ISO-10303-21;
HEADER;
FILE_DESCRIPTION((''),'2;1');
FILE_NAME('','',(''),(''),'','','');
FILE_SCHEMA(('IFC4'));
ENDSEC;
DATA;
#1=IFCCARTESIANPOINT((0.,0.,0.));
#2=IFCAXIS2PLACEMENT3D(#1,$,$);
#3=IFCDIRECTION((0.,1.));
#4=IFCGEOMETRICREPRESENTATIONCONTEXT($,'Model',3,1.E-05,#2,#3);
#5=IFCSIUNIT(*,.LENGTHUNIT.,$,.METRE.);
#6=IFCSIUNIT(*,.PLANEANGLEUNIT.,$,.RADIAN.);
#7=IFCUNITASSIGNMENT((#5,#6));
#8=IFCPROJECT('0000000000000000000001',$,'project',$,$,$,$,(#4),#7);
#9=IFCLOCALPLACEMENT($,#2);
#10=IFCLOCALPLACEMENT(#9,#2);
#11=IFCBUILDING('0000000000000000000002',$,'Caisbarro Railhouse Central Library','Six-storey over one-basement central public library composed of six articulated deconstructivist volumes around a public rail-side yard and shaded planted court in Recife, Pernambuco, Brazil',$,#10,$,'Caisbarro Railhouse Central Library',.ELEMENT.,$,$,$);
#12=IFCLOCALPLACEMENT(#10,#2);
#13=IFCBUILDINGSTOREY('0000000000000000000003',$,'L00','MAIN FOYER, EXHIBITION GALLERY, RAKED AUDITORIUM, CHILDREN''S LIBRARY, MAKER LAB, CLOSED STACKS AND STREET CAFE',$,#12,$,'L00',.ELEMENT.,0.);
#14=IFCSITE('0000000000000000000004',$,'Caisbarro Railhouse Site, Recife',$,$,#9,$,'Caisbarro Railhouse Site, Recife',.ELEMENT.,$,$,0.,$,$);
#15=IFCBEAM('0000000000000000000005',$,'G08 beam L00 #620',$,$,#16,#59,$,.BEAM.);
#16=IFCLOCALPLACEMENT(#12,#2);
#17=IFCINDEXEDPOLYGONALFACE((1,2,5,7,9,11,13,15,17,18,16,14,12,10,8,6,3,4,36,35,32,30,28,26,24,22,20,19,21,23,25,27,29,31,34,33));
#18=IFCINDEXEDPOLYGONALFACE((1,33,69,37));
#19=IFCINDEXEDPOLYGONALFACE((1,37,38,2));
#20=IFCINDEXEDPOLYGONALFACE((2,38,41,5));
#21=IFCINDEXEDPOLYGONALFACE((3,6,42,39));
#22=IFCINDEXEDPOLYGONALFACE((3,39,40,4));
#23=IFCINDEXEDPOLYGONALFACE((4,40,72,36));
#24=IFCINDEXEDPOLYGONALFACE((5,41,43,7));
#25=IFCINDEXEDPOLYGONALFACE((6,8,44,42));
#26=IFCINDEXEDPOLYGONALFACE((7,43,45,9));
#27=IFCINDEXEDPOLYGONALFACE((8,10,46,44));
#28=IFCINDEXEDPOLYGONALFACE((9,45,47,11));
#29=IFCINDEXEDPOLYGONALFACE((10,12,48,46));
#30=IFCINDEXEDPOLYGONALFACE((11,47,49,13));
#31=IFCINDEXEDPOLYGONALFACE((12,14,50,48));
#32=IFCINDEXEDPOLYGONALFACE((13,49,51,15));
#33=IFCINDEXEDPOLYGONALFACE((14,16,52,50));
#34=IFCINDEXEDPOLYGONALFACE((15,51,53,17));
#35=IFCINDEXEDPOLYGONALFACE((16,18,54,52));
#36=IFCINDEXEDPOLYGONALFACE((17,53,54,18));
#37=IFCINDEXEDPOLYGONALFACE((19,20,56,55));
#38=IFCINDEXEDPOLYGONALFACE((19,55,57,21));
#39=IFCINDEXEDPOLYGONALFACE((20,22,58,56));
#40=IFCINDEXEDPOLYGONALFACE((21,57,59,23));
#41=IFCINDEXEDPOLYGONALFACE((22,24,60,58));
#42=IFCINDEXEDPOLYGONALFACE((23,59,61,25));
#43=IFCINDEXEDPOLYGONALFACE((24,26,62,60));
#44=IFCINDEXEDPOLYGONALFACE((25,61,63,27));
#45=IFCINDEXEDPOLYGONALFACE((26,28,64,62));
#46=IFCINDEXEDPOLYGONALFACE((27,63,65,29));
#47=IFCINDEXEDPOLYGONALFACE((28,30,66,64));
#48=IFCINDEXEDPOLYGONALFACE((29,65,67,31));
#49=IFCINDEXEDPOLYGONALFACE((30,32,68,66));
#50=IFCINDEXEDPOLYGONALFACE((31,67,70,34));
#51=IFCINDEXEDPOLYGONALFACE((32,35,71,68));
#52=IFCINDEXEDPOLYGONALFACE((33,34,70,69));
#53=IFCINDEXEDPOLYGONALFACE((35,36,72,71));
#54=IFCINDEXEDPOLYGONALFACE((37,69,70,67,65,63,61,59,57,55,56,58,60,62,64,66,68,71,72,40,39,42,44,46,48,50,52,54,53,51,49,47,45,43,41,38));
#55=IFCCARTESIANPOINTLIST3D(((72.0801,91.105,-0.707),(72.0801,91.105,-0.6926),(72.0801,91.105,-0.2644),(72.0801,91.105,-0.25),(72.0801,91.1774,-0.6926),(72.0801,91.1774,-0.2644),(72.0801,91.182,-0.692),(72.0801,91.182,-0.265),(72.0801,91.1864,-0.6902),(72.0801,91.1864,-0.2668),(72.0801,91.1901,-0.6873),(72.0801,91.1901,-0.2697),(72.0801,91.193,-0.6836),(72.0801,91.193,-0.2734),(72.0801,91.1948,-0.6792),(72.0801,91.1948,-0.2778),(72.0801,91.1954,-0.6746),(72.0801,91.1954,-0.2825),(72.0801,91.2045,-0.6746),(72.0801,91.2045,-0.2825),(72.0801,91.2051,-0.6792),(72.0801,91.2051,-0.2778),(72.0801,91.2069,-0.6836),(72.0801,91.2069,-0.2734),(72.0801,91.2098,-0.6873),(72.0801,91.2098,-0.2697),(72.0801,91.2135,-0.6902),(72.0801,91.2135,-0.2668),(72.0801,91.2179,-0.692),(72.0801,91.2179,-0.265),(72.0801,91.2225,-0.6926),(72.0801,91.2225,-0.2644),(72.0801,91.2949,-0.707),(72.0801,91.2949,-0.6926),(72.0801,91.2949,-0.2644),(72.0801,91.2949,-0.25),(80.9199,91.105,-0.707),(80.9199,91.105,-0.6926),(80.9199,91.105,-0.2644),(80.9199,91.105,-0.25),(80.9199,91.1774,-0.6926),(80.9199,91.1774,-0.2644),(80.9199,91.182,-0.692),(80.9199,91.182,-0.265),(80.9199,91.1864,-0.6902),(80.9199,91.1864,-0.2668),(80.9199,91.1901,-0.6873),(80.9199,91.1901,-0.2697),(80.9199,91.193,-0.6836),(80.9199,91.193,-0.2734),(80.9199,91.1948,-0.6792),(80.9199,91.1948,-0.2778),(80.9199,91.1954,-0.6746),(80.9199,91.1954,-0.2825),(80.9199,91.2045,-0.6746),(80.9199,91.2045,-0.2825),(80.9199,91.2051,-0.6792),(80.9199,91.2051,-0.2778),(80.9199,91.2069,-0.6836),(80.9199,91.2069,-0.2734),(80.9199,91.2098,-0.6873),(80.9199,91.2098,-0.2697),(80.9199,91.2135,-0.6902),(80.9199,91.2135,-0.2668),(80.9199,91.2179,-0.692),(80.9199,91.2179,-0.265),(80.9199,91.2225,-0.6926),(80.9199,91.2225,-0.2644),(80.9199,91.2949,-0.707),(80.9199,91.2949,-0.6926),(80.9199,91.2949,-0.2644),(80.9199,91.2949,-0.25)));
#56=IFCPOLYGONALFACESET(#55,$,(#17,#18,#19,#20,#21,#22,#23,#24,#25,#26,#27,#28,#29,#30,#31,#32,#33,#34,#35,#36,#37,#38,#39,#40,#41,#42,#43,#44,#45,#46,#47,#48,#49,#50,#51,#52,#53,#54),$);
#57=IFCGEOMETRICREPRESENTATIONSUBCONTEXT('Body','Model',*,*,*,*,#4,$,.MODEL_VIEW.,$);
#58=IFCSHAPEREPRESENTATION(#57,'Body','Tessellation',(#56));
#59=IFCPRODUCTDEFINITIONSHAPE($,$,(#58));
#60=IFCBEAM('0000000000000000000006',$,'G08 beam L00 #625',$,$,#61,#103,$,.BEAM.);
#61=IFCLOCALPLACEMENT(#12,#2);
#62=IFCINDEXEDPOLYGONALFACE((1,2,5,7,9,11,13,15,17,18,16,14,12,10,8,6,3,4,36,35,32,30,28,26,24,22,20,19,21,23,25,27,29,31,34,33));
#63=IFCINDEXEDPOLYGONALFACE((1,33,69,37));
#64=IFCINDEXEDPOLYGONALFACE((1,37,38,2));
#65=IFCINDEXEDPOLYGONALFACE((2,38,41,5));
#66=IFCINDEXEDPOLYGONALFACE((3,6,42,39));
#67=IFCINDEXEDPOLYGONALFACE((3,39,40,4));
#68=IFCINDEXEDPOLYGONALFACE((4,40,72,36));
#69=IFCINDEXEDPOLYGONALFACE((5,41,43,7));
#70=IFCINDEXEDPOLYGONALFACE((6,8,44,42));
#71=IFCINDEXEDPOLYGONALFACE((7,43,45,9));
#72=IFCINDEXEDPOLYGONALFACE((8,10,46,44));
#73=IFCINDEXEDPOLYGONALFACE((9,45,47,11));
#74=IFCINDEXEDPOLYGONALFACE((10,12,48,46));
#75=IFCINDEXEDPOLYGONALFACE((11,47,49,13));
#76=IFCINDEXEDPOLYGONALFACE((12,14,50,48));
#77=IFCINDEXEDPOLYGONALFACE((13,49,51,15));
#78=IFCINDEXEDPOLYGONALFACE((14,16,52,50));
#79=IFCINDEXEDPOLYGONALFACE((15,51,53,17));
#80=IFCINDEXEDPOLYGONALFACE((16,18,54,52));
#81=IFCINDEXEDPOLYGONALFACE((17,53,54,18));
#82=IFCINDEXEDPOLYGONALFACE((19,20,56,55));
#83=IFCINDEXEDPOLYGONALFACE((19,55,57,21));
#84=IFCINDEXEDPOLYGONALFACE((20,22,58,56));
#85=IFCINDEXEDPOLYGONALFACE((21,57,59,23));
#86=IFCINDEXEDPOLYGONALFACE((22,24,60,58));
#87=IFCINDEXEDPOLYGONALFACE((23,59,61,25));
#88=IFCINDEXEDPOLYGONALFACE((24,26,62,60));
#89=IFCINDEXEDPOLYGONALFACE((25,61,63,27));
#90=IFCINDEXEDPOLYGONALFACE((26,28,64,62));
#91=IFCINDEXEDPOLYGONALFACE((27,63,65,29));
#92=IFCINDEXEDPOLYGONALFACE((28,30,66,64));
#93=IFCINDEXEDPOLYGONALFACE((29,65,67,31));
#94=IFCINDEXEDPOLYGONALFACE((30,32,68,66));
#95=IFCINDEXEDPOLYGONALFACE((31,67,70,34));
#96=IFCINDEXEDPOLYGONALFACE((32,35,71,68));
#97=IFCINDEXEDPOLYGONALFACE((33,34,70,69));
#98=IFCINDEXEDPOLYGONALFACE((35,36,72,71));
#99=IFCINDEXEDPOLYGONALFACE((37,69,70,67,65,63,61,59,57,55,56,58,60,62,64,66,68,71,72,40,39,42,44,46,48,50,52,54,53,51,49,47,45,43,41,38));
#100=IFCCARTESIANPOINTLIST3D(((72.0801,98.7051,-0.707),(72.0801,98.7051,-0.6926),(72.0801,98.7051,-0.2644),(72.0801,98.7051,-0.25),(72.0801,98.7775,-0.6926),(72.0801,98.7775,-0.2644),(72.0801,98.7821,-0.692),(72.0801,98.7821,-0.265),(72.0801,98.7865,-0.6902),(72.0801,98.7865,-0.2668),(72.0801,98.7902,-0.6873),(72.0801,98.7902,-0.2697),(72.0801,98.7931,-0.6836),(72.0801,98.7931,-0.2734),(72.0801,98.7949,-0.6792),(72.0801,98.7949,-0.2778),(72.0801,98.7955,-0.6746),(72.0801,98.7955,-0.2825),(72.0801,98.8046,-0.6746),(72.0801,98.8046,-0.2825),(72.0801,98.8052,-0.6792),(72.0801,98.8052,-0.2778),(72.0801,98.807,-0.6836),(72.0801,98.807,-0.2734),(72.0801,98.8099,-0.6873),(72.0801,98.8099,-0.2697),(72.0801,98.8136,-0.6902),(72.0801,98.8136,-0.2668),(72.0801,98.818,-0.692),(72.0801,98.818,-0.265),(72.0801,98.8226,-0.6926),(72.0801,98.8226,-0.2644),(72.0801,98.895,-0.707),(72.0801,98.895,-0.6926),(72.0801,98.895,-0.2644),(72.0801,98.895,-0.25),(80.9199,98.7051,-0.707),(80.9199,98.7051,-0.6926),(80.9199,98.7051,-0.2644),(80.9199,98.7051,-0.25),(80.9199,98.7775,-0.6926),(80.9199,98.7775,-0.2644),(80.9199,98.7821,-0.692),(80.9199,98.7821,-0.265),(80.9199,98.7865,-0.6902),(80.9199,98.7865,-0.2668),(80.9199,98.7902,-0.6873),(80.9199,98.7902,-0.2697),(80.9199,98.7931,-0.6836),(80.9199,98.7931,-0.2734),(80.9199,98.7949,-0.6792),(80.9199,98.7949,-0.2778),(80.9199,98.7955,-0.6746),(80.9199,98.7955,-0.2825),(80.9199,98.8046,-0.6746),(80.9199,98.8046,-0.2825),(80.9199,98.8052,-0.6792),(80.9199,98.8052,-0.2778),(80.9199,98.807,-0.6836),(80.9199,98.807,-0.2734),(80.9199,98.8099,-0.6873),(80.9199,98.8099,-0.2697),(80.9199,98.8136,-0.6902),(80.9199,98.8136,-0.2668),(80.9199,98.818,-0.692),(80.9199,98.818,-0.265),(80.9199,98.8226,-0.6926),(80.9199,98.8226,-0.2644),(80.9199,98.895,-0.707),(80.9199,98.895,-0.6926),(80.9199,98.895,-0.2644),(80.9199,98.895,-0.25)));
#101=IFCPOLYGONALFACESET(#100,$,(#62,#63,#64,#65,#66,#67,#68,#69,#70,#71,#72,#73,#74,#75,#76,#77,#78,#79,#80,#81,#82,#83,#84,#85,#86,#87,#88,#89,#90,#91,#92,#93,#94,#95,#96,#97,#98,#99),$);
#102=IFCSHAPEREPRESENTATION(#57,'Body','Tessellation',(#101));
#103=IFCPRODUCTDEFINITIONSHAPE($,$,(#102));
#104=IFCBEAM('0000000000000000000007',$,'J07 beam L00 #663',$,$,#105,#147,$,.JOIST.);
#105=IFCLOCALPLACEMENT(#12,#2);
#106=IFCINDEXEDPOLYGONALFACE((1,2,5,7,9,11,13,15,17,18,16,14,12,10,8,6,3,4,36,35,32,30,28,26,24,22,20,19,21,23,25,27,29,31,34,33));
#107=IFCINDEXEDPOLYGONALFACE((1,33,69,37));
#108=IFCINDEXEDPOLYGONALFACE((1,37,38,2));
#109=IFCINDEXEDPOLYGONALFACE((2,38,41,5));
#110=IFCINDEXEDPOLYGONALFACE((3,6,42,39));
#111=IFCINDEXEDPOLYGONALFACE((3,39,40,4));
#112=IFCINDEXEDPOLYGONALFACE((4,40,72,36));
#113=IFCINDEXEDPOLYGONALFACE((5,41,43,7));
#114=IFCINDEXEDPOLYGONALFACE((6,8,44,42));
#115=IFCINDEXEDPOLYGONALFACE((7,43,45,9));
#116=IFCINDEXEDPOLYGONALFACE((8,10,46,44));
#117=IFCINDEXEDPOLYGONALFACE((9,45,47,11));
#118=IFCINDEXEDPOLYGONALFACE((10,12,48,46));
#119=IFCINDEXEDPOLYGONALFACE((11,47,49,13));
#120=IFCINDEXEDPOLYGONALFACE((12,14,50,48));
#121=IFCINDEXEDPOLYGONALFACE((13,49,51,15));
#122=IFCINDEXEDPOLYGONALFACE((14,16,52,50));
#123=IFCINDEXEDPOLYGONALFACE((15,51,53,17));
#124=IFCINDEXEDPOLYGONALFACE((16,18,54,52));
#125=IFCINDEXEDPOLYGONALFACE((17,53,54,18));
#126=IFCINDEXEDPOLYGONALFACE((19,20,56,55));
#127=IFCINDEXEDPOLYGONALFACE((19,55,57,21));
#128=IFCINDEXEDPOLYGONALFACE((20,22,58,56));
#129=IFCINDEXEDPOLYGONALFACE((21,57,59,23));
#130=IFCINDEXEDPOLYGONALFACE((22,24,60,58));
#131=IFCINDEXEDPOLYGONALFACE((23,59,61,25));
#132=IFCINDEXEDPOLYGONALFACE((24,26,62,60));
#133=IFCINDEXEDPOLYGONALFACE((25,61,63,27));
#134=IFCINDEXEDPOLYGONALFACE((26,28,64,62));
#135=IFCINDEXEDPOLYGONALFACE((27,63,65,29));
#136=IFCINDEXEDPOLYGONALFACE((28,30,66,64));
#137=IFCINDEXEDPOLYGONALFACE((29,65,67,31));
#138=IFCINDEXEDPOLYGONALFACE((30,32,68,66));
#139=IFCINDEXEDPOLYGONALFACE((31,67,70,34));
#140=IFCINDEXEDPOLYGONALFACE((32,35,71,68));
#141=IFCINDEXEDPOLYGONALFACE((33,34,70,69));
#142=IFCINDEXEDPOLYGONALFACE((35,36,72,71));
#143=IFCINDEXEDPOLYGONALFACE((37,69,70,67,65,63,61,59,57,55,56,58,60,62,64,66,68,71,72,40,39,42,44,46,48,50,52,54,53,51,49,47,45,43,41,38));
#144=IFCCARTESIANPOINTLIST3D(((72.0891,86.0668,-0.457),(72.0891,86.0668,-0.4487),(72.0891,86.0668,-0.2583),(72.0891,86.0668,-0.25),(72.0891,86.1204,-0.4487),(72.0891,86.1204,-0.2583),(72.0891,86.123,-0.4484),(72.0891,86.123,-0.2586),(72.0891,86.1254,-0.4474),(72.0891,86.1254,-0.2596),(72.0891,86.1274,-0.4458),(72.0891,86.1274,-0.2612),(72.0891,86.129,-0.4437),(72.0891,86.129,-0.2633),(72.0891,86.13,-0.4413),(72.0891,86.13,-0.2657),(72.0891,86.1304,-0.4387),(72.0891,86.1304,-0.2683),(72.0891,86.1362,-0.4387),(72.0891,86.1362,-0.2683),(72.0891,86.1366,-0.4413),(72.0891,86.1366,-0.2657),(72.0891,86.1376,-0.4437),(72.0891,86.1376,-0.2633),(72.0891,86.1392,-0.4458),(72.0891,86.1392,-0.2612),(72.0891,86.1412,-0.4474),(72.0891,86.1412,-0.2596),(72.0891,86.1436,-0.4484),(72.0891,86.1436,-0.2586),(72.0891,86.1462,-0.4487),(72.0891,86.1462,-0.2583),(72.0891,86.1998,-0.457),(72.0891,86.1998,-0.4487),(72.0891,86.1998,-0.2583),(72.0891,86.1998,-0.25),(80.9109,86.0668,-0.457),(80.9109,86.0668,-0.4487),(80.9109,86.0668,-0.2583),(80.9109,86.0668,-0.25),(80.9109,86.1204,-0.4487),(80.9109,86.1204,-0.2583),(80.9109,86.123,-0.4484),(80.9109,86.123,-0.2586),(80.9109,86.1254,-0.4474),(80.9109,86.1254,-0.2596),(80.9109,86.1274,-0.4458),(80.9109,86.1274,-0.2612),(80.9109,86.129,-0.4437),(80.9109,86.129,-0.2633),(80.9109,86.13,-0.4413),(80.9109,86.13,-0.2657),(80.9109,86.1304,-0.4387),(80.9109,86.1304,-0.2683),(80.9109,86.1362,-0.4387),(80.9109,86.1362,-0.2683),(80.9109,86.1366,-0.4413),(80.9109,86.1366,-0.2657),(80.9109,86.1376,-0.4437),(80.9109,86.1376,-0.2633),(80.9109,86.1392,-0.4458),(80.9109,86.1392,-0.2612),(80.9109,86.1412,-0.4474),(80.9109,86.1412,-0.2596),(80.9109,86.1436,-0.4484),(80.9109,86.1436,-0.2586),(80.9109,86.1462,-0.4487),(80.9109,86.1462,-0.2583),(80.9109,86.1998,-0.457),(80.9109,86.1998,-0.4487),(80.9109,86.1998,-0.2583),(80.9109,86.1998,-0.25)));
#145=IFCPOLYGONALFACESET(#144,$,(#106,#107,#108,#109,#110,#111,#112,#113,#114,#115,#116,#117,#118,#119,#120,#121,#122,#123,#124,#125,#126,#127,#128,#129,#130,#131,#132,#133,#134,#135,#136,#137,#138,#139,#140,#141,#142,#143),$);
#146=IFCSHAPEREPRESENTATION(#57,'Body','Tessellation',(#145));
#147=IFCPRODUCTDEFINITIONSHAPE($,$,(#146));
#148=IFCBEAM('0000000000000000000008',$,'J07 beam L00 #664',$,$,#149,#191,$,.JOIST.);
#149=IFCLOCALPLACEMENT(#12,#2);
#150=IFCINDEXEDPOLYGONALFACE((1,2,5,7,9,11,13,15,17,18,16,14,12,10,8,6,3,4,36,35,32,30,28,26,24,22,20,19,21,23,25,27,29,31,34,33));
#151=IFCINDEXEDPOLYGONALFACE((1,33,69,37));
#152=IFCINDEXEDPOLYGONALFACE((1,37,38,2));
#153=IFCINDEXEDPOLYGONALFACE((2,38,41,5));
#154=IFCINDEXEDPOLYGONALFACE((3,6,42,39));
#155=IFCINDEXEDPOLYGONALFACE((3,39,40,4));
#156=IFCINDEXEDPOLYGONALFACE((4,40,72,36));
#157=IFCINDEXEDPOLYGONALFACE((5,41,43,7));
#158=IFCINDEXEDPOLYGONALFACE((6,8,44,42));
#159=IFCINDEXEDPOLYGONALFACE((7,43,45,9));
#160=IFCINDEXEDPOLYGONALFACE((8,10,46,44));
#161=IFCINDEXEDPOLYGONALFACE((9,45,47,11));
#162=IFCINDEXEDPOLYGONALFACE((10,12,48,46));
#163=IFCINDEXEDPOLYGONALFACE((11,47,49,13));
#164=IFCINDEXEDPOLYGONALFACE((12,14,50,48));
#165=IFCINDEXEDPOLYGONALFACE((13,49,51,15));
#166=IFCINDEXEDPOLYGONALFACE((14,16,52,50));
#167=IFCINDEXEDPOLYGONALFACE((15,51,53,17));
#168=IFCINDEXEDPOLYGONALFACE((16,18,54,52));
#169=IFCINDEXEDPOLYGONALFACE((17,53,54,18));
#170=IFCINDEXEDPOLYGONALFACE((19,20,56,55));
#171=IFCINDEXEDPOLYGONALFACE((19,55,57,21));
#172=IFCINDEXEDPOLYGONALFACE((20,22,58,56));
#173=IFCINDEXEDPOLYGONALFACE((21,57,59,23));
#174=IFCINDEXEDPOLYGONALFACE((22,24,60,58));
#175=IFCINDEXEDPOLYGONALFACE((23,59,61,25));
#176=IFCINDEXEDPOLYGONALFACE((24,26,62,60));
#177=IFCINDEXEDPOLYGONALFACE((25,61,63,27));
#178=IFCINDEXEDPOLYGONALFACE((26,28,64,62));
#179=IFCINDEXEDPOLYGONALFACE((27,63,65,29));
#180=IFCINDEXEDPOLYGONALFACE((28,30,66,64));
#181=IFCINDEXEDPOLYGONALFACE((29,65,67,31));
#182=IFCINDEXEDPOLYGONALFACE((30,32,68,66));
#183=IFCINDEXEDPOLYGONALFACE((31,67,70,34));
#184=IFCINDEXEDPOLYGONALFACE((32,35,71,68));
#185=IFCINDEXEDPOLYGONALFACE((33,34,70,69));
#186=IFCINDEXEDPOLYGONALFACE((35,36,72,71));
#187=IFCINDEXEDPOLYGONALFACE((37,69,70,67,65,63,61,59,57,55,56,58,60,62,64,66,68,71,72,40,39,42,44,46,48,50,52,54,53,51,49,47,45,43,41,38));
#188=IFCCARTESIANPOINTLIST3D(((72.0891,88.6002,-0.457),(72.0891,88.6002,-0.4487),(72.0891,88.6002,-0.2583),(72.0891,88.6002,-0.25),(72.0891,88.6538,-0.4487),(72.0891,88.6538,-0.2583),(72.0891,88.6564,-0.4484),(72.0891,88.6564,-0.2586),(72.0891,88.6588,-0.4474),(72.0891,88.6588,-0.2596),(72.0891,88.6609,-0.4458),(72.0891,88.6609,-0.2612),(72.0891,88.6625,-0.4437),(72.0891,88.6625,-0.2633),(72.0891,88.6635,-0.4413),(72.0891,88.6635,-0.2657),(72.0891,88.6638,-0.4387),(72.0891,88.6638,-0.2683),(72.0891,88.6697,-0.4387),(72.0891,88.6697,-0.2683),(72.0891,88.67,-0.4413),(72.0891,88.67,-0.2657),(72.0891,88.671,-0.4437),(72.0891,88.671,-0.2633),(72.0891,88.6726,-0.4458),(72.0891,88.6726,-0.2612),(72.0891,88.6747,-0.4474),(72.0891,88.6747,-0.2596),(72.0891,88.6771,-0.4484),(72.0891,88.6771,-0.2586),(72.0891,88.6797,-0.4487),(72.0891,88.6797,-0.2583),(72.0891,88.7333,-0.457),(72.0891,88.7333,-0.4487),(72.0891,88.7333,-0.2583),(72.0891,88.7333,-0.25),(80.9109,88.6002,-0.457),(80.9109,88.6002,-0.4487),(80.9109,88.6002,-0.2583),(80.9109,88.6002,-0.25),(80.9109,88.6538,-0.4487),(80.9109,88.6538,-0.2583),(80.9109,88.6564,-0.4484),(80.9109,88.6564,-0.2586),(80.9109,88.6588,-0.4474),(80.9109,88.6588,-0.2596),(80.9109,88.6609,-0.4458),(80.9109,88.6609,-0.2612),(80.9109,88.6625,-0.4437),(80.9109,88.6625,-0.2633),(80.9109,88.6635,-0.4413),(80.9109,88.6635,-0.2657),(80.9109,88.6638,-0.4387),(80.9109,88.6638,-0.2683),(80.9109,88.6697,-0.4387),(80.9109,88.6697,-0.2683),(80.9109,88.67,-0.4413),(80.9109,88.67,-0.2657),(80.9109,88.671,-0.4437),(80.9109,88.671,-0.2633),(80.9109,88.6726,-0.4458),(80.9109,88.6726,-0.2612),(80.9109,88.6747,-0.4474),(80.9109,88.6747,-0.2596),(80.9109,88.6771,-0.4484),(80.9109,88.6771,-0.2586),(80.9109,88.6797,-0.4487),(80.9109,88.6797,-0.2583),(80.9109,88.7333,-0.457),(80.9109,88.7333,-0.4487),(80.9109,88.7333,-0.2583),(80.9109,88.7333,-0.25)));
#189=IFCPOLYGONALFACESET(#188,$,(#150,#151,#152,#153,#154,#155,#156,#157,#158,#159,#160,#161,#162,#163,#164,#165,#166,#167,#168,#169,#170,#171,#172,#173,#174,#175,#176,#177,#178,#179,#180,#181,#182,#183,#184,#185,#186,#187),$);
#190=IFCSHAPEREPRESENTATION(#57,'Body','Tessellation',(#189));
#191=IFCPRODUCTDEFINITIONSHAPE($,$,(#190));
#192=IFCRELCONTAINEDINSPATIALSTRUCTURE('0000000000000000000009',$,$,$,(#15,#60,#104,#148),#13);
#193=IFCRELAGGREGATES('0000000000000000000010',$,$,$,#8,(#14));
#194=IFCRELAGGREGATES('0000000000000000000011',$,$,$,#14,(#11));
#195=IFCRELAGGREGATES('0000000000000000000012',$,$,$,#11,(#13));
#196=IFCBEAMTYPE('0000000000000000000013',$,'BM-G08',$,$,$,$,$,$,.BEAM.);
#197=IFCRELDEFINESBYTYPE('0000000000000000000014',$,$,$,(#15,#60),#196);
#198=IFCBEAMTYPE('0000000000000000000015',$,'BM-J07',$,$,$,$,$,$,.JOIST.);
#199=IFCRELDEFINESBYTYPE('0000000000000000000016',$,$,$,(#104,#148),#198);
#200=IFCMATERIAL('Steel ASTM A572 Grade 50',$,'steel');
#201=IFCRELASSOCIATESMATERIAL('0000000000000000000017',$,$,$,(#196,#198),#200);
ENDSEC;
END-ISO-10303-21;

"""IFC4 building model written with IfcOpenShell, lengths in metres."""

from ifc_helpers import new_model, si_unit, direction, frame, origin, origin_2d, place, context, subcontext, project, spatial, i_section, extrude, material, material_profile, profile_set, type_object, element, save


model = new_model("IFC4")

# Units and contexts
model_context = context("Model", 3, precision=1e-05, world=origin(), true_north=direction((0.0, 1.0)))
body_context = subcontext(model_context, "Body", "Model", "MODEL_VIEW")
ifc_project = project(units=[si_unit("LENGTHUNIT", "METRE"), si_unit("PLANEANGLEUNIT", "RADIAN")], contexts=[model_context])

# Site, building, storey
site_placement = place(None, origin())
site = spatial("IfcSite", under=ifc_project, at=site_placement, Name="Caisbarro Railhouse Site, Recife", LongName="Caisbarro Railhouse Site, Recife", CompositionType="ELEMENT", RefElevation=0.0)
building_placement = place(site_placement, origin())
building = spatial("IfcBuilding", under=site, at=building_placement, Name="Caisbarro Railhouse Central Library", Description="Six-storey over one-basement central public library composed of six articulated deconstructivist volumes around a public rail-side yard and shaded planted court in Recife, Pernambuco, Brazil", LongName="Caisbarro Railhouse Central Library", CompositionType="ELEMENT")
storey_placement = place(building_placement, origin())
storey = spatial("IfcBuildingStorey", under=building, at=storey_placement, Name="L00", Description="MAIN FOYER, EXHIBITION GALLERY, RAKED AUDITORIUM, CHILDREN'S LIBRARY, MAKER LAB, CLOSED STACKS AND STREET CAFE", LongName="L00", CompositionType="ELEMENT", Elevation=0.0)

# Beams
ifc_material_1 = material(Name="Steel ASTM A572 Grade 50", Category="steel")
ifc_material_profile_1 = material_profile(ifc_material_1, i_section(OverallWidth=0.1899, OverallDepth=0.457, WebThickness=0.009, FlangeThickness=0.0144, FilletRadius=0.0181, at=origin_2d()), Name="W460X74.0")
ifc_profile_set_1 = profile_set([ifc_material_profile_1], Name="Steel ASTM A572 Grade 50")
beam_type_1 = type_object("IfcBeamType", Name="BM-G08", PredefinedType="BEAM", material=ifc_profile_set_1)
for number, where, z_axis, x_axis, name in (
    (1, (72.0801, 91.2, -0.4785), (1.0, 0.0, 0.0), (0.0, 1.0, 0.0), "G08 beam L00 #620"),
    (2, (72.0801, 98.8, -0.4785), (1.0, 0.0, 0.0), (0.0, 1.0, 0.0), "G08 beam L00 #625"),
):
    element("IfcBeam", number, at=place(storey_placement, frame(where, z_axis=z_axis, x_axis=x_axis)), inside=storey, type_object=beam_type_1, Name=name, PredefinedType="BEAM", context=body_context, shape_type="SweptSolid", body=[
        extrude(i_section(OverallWidth=0.1899, OverallDepth=0.457, WebThickness=0.009, FlangeThickness=0.0144, FilletRadius=0.0181, at=origin_2d()), origin(), (0.0, 0.0, 1.0), 8.8398),
    ])
ifc_material_profile_2 = material_profile(ifc_material_1, i_section(OverallWidth=0.1331, OverallDepth=0.207, WebThickness=0.0059, FlangeThickness=0.0083, FilletRadius=0.01, at=origin_2d()), Name="W200X26.6")
ifc_profile_set_2 = profile_set([ifc_material_profile_2], Name="Steel ASTM A572 Grade 50")
beam_type_2 = type_object("IfcBeamType", Name="BM-J07", PredefinedType="JOIST", material=ifc_profile_set_2)
for number, where, z_axis, x_axis, name in (
    (3, (72.0891, 86.1333, -0.3535), (1.0, 0.0, 0.0), (0.0, 1.0, 0.0), "J07 beam L00 #663"),
    (4, (72.0891, 88.6667, -0.3535), (1.0, 0.0, 0.0), (0.0, 1.0, 0.0), "J07 beam L00 #664"),
):
    element("IfcBeam", number, at=place(storey_placement, frame(where, z_axis=z_axis, x_axis=x_axis)), inside=storey, type_object=beam_type_2, Name=name, PredefinedType="JOIST", context=body_context, shape_type="SweptSolid", body=[
        extrude(i_section(OverallWidth=0.1331, OverallDepth=0.207, WebThickness=0.0059, FlangeThickness=0.0083, FilletRadius=0.01, at=origin_2d()), origin(), (0.0, 0.0, 1.0), 8.8218),
    ])

save(model, "model.ifc")
